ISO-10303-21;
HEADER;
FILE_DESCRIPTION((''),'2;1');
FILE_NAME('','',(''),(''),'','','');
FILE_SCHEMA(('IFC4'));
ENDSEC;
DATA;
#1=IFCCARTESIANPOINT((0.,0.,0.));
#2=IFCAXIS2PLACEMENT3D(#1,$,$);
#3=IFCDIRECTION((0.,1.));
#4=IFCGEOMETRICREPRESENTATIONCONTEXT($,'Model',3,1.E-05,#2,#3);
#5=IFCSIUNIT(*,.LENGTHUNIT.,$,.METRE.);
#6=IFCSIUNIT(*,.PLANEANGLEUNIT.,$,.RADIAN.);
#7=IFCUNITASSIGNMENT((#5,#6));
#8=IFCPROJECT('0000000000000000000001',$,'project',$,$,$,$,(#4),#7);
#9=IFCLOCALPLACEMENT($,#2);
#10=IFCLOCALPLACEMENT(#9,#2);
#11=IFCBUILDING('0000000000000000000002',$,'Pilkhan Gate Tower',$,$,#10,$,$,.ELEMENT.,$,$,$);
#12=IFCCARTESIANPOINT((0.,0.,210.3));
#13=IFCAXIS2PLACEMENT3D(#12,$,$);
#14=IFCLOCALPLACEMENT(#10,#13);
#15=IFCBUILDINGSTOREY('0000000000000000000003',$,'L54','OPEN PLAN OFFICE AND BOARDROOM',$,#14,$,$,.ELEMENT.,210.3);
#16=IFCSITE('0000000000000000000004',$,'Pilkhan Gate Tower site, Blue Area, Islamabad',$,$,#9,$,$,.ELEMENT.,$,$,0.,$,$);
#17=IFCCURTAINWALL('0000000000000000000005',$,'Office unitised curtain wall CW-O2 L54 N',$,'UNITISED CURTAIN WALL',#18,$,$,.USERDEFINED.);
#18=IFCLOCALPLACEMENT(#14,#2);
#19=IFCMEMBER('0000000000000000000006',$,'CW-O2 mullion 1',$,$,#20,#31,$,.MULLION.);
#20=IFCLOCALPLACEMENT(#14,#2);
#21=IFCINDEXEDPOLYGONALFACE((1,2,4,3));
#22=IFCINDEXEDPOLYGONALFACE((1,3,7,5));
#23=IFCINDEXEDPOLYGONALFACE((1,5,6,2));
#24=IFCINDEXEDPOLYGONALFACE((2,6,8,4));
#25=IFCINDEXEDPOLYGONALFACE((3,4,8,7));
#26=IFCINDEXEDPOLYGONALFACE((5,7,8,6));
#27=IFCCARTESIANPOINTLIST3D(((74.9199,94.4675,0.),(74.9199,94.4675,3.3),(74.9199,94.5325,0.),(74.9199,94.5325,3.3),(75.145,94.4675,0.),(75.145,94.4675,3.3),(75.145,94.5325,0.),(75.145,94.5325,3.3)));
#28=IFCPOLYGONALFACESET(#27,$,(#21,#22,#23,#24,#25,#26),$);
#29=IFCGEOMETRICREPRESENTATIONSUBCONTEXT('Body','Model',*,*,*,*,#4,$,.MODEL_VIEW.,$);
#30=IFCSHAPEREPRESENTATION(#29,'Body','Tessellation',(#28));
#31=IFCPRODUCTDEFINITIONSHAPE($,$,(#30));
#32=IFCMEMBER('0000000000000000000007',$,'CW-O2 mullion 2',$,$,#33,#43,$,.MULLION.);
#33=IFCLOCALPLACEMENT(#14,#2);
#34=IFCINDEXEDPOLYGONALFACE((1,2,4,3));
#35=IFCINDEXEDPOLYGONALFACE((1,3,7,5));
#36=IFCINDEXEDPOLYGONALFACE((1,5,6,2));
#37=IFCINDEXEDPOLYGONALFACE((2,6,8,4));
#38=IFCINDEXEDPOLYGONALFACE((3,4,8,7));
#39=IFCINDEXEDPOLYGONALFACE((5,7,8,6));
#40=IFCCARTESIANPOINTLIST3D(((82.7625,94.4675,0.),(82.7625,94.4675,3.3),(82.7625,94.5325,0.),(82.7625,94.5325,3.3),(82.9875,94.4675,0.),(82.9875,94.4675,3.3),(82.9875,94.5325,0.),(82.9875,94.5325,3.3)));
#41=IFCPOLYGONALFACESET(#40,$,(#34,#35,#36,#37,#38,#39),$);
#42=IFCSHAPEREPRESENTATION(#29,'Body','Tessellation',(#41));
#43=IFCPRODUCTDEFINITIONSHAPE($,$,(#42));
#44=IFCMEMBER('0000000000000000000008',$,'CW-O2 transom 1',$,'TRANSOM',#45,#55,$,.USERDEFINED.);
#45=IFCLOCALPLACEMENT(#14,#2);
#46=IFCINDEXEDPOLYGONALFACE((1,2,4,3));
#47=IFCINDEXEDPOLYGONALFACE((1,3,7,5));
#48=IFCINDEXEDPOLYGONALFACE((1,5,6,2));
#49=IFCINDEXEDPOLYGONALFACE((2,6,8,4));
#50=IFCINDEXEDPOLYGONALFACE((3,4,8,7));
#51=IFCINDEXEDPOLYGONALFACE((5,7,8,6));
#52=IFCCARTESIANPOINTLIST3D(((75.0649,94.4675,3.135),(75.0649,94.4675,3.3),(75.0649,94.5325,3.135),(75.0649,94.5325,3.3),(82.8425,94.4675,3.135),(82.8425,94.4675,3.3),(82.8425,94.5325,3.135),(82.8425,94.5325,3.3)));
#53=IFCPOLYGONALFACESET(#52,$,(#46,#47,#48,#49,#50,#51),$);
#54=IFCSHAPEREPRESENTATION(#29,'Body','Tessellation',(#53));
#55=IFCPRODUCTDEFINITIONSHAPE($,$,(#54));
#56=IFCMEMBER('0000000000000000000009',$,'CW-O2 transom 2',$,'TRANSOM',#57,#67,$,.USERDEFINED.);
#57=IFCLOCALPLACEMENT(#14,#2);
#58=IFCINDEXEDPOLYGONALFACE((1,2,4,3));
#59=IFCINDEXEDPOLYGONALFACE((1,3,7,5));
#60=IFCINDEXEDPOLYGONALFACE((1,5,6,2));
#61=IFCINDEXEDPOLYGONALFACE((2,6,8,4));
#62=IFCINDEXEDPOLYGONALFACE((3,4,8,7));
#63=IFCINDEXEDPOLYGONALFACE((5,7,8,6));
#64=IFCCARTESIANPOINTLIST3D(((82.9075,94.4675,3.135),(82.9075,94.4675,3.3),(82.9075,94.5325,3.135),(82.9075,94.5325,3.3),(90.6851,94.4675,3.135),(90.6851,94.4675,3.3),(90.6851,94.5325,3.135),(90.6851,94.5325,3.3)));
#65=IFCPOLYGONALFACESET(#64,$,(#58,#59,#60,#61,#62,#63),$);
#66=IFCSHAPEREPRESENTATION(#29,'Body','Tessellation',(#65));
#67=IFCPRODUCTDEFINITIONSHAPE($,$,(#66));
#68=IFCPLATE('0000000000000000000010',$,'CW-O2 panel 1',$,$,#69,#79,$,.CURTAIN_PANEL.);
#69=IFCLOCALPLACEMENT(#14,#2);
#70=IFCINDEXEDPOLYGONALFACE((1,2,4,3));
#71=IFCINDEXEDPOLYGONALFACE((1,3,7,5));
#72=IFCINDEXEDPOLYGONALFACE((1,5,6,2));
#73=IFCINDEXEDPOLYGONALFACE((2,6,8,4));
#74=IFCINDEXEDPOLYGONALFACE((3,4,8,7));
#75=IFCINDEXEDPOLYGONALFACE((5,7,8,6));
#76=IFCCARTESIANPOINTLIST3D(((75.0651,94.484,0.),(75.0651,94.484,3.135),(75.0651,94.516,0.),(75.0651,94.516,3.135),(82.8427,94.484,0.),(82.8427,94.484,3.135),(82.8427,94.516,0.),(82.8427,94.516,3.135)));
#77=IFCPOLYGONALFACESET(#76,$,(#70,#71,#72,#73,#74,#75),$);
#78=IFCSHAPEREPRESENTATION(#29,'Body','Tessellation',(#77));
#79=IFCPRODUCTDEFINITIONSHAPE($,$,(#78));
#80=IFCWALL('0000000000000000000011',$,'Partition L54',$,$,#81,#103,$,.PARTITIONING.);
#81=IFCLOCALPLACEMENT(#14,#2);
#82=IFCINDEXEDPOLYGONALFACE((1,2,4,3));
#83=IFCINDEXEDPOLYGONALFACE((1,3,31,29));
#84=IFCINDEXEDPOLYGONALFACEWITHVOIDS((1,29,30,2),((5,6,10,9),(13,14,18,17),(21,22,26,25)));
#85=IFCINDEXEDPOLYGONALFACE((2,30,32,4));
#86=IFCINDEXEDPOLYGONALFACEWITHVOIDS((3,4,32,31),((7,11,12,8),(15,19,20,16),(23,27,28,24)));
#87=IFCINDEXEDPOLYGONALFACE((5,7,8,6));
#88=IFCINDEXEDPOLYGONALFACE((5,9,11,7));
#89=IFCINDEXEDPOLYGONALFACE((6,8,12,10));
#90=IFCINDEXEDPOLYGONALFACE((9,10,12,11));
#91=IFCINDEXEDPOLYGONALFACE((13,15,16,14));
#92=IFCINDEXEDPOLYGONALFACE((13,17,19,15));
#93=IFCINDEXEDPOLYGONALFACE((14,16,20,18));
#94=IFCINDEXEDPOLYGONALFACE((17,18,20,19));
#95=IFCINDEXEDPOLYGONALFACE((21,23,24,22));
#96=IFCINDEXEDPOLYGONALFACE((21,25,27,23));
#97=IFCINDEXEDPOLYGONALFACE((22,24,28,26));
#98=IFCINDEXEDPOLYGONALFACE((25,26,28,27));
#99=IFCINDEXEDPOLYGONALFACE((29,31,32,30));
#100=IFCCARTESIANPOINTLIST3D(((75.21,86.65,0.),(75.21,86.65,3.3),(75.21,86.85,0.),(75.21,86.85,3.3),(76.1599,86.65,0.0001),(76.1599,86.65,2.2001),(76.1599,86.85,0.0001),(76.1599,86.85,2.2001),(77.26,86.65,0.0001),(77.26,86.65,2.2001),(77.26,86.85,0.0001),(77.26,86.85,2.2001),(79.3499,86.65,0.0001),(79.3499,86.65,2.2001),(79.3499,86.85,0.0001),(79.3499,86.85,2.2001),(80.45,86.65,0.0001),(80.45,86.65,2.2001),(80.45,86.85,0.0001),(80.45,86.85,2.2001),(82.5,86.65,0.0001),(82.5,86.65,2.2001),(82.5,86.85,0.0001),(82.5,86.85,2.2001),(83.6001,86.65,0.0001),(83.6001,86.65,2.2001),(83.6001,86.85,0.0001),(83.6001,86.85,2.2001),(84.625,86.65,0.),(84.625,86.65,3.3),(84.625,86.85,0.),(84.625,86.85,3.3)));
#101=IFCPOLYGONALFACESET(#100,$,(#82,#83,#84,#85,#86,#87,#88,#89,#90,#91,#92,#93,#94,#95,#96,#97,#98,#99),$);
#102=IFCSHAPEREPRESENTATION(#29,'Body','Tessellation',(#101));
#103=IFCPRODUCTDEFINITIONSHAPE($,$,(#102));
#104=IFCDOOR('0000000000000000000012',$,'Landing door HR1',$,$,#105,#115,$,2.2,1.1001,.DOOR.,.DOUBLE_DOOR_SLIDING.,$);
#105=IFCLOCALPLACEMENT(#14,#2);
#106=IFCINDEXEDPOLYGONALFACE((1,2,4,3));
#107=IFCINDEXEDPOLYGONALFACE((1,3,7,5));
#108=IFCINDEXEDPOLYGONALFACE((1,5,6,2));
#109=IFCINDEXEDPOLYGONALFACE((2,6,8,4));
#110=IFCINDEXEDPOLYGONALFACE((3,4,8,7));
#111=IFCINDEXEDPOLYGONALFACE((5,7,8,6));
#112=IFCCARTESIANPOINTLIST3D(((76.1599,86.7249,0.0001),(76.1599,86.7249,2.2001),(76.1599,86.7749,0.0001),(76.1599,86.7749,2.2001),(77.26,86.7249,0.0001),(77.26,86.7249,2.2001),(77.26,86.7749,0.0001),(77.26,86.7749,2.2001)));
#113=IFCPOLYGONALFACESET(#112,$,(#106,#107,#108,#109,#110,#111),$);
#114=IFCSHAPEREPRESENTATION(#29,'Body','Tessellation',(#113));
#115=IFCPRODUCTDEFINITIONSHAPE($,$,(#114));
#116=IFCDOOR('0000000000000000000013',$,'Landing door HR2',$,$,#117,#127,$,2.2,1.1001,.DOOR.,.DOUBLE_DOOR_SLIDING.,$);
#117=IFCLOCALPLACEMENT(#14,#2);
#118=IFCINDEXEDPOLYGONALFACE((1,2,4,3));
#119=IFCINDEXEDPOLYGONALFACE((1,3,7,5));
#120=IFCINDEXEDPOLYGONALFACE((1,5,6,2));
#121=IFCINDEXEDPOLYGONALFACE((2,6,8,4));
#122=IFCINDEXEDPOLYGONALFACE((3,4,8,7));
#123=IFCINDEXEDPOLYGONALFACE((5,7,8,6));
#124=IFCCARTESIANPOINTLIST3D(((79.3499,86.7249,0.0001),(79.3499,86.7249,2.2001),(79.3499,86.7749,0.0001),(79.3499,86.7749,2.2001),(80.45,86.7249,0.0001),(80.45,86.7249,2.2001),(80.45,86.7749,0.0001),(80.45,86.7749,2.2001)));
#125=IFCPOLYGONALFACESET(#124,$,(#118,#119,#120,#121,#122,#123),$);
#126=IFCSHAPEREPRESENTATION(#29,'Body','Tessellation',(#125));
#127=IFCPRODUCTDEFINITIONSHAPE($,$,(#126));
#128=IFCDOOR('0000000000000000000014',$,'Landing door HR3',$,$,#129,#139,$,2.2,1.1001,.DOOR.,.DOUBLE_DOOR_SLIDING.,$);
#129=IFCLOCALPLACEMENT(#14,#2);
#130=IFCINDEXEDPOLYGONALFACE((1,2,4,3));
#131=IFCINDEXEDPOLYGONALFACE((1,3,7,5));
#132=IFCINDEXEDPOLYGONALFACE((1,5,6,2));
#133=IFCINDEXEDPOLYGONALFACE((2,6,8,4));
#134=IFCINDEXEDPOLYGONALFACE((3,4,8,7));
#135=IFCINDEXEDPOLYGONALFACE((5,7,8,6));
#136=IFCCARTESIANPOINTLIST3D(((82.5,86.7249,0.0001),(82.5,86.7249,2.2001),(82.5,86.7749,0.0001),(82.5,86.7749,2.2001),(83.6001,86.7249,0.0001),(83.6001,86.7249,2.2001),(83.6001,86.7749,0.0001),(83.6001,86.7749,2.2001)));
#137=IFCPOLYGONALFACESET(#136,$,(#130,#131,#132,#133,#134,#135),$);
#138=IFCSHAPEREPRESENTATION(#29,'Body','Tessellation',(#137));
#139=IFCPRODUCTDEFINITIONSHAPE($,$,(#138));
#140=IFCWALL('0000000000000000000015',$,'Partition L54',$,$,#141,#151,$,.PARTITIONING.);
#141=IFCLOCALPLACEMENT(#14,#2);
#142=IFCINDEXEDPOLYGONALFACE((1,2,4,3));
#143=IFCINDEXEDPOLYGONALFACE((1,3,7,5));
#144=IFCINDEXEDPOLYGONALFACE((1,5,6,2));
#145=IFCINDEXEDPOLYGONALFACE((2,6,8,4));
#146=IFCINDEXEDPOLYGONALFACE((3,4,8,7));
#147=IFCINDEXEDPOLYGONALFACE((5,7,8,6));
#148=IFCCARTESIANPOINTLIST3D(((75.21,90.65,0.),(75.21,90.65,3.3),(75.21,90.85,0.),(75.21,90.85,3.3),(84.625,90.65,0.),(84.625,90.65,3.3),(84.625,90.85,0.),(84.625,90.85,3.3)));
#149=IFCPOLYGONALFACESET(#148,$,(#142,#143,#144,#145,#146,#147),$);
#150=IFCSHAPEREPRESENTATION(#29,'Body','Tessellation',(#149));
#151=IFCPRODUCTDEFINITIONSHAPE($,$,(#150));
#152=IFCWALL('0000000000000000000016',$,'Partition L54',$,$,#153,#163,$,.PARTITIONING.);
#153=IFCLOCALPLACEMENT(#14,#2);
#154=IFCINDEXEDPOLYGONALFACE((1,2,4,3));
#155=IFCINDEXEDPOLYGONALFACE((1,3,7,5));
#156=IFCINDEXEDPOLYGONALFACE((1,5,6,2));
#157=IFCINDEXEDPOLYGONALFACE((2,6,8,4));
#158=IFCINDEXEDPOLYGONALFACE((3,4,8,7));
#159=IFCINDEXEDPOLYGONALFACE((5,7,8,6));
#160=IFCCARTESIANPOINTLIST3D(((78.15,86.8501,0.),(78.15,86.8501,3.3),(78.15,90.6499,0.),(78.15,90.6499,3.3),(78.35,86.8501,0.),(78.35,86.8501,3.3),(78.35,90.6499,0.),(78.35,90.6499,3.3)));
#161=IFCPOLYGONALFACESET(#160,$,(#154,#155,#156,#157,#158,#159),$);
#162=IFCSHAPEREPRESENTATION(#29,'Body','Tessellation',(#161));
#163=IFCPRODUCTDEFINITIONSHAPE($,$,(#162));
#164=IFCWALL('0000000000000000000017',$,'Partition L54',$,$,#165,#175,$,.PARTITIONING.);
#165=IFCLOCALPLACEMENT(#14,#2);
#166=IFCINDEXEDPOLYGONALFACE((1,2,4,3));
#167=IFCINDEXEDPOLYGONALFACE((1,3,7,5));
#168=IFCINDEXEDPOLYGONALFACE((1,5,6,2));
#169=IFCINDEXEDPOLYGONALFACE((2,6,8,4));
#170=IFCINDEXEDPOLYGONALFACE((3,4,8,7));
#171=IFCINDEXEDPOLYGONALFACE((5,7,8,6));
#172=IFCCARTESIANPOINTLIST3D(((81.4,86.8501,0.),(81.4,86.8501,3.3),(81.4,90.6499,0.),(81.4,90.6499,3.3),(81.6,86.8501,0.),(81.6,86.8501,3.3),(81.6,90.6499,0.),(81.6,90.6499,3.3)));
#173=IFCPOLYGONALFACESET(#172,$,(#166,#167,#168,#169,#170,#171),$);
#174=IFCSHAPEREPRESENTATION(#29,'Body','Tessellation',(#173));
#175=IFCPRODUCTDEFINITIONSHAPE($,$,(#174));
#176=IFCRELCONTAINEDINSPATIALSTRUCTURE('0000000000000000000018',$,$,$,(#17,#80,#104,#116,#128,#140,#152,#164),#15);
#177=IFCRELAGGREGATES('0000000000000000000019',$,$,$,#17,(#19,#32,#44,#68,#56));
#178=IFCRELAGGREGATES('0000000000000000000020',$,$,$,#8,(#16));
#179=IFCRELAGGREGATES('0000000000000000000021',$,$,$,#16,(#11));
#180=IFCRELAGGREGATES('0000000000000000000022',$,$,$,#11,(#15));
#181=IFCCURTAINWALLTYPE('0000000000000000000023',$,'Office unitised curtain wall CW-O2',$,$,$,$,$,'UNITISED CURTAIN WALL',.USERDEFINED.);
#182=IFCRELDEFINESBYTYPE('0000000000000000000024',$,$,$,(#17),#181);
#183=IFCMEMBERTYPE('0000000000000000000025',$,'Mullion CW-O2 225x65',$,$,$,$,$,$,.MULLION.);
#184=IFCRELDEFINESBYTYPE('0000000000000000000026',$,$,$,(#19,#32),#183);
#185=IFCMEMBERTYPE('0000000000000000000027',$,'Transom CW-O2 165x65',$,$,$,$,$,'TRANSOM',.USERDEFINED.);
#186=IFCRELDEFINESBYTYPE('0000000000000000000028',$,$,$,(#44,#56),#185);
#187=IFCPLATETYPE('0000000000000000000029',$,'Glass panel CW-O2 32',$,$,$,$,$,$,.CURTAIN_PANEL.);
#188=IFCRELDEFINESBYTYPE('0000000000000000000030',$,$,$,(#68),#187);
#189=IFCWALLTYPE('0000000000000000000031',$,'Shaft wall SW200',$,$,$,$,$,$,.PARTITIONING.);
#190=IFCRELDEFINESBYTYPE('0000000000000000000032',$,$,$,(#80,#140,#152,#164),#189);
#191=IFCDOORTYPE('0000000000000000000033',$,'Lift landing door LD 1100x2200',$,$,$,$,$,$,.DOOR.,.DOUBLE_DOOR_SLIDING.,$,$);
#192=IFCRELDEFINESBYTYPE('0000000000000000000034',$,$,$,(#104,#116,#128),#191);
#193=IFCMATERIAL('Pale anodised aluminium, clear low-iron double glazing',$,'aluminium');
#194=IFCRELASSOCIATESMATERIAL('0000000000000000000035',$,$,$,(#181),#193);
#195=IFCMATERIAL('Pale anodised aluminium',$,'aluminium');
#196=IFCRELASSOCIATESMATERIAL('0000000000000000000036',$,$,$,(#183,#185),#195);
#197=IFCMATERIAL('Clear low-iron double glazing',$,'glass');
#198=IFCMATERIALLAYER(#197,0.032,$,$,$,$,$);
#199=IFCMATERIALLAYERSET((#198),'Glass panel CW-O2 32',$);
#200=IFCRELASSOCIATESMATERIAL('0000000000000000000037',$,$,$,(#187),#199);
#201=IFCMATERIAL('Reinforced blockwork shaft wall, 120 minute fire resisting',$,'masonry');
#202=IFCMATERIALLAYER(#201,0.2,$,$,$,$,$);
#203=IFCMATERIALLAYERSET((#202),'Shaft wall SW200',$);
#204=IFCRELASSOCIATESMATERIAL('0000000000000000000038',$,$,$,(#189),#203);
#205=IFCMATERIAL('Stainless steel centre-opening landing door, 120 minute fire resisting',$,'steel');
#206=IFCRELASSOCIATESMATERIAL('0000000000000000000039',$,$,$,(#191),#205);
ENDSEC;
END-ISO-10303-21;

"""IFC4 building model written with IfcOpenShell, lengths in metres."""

from ifc_helpers import new_model, si_unit, direction, frame, frame_2d, origin, origin_2d, place, context, subcontext, project, spatial, rectangle, extrude, material, layer, layer_set, material_profile, profile_set, type_object, element, fill, aggregate, save


model = new_model("IFC4")

# Units and contexts
model_context = context("Model", 3, precision=1e-05, world=origin(), true_north=direction((0.0, 1.0)))
body_context = subcontext(model_context, "Body", "Model", "MODEL_VIEW")
ifc_project = project(units=[si_unit("LENGTHUNIT", "METRE"), si_unit("PLANEANGLEUNIT", "RADIAN")], contexts=[model_context])

# Site, building, storey
site_placement = place(None, origin())
site = spatial("IfcSite", under=ifc_project, at=site_placement, Name="Pilkhan Gate Tower site, Blue Area, Islamabad", CompositionType="ELEMENT", RefElevation=0.0)
building_placement = place(site_placement, origin())
building = spatial("IfcBuilding", under=site, at=building_placement, Name="Pilkhan Gate Tower", CompositionType="ELEMENT")
storey_placement = place(building_placement, frame((0.0, 0.0, 210.3)))
storey = spatial("IfcBuildingStorey", under=building, at=storey_placement, Name="L54", Description="OPEN PLAN OFFICE AND BOARDROOM", CompositionType="ELEMENT", Elevation=210.3)

# Curtain wall, members, plate
ifc_material_1 = material(Name="Pale anodised aluminium, clear low-iron double glazing", Category="aluminium")
curtain_wall_type = type_object("IfcCurtainWallType", Name="Office unitised curtain wall CW-O2", ElementType="UNITISED CURTAIN WALL", PredefinedType="USERDEFINED", material=ifc_material_1)
curtain_wall_placement = place(storey_placement, origin())
curtain_wall = element("IfcCurtainWall", 1, at=curtain_wall_placement, inside=storey, type_object=curtain_wall_type, Name="Office unitised curtain wall CW-O2 L54 N", ObjectType="UNITISED CURTAIN WALL", PredefinedType="USERDEFINED")
ifc_material_2 = material(Name="Pale anodised aluminium", Category="aluminium")
ifc_material_profile_1 = material_profile(ifc_material_2, rectangle(XDim=0.0649, YDim=0.2251, at=origin_2d()), Name="Mullion 225x65")
ifc_profile_set_1 = profile_set([ifc_material_profile_1], Name="Pale anodised aluminium")
member_type_1 = type_object("IfcMemberType", Name="Mullion CW-O2 225x65", PredefinedType="MULLION", material=ifc_profile_set_1)
member_1_placement = place(storey_placement, frame((75.0325, 94.5, 0.0), z_axis=(0.0, 0.0, 1.0), x_axis=(0.0, 1.0, 0.0)))
member_1 = element("IfcMember", 2, at=member_1_placement, type_object=member_type_1, Name="CW-O2 mullion 1", PredefinedType="MULLION", context=body_context, shape_type="SweptSolid", body=[
    extrude(rectangle(XDim=0.0649, YDim=0.2251, at=origin_2d()), origin(), (0.0, 0.0, 1.0), 3.3),
])
member_2_placement = place(storey_placement, frame((82.875, 94.5, 0.0), z_axis=(0.0, 0.0, 1.0), x_axis=(0.0, 1.0, 0.0)))
member_2 = element("IfcMember", 3, at=member_2_placement, type_object=member_type_1, Name="CW-O2 mullion 2", PredefinedType="MULLION", context=body_context, shape_type="SweptSolid", body=[
    extrude(rectangle(XDim=0.0649, YDim=0.2251, at=origin_2d()), origin(), (0.0, 0.0, 1.0), 3.3),
])
ifc_material_profile_2 = material_profile(ifc_material_2, rectangle(XDim=0.0649, YDim=0.165, at=origin_2d()), Name="Transom 165x65")
ifc_profile_set_2 = profile_set([ifc_material_profile_2], Name="Pale anodised aluminium")
member_type_2 = type_object("IfcMemberType", Name="Transom CW-O2 165x65", ElementType="TRANSOM", PredefinedType="USERDEFINED", material=ifc_profile_set_2)
member_3_placement = place(storey_placement, frame((75.0649, 94.5, 3.2175), z_axis=(1.0, 0.0, 0.0), x_axis=(0.0, 1.0, 0.0)))
member_3 = element("IfcMember", 4, at=member_3_placement, type_object=member_type_2, Name="CW-O2 transom 1", ObjectType="TRANSOM", PredefinedType="USERDEFINED", context=body_context, shape_type="SweptSolid", body=[
    extrude(rectangle(XDim=0.0649, YDim=0.165, at=origin_2d()), origin(), (0.0, 0.0, 1.0), 7.7776),
])
member_4_placement = place(storey_placement, frame((82.9075, 94.5, 3.2175), z_axis=(1.0, 0.0, 0.0), x_axis=(0.0, 1.0, 0.0)))
member_4 = element("IfcMember", 5, at=member_4_placement, type_object=member_type_2, Name="CW-O2 transom 2", ObjectType="TRANSOM", PredefinedType="USERDEFINED", context=body_context, shape_type="SweptSolid", body=[
    extrude(rectangle(XDim=0.0649, YDim=0.165, at=origin_2d()), origin(), (0.0, 0.0, 1.0), 7.7776),
])
ifc_material_3 = material(Name="Clear low-iron double glazing", Category="glass")
ifc_layer_1 = layer(ifc_material_3, 0.032)
ifc_layer_set_1 = layer_set([ifc_layer_1], Name="Glass panel CW-O2 32")
plate_type = type_object("IfcPlateType", Name="Glass panel CW-O2 32", PredefinedType="CURTAIN_PANEL", material=ifc_layer_set_1)
plate_placement = place(storey_placement, frame((78.9539, 94.5, 0.0), z_axis=(0.0, 0.0, 1.0), x_axis=(1.0, 0.0, 0.0)))
plate = element("IfcPlate", 6, at=plate_placement, type_object=plate_type, Name="CW-O2 panel 1", PredefinedType="CURTAIN_PANEL", context=body_context, shape_type="SweptSolid", body=[
    extrude(rectangle(XDim=7.7776, YDim=0.032, at=origin_2d()), origin(), (0.0, 0.0, 1.0), 3.135),
])
aggregate(curtain_wall, [member_1, member_2, member_3, plate, member_4])

# Wall, openings, doors
ifc_material_4 = material(Name="Reinforced blockwork shaft wall, 120 minute fire resisting", Category="masonry")
ifc_layer_2 = layer(ifc_material_4, 0.2)
ifc_layer_set_2 = layer_set([ifc_layer_2], Name="Shaft wall SW200")
wall_type_1 = type_object("IfcWallType", Name="Shaft wall SW200", PredefinedType="PARTITIONING", material=ifc_layer_set_2)
wall_1_placement = place(storey_placement, frame((75.21, 86.75, 0.0), z_axis=(0.0, 0.0, 1.0), x_axis=(1.0, 0.0, 0.0)))
wall_1 = element("IfcWall", 7, at=wall_1_placement, inside=storey, type_object=wall_type_1, Name="Partition L54", PredefinedType="PARTITIONING", context=body_context, shape_type="SweptSolid", body=[
    extrude(rectangle(XDim=9.415, YDim=0.2, at=frame_2d((4.7075, 0.0))), origin(), (0.0, 0.0, 1.0), 3.3),
])
opening_1_placement = place(wall_1_placement, frame((0.95, 0.0, 0.0)))
opening_1 = element("IfcOpeningElement", 8, at=opening_1_placement, cuts=wall_1, PredefinedType="OPENING", context=body_context, shape_type="SweptSolid", body=[
    extrude(rectangle(XDim=1.1001, YDim=2.2, at=frame_2d((0.55, 1.1001))), frame((0.0, 0.1099, 0.0), z_axis=(0.0, -1.0, 0.0), x_axis=(1.0, 0.0, 0.0)), (0.0, 0.0, 1.0), 0.22),
])
opening_2_placement = place(wall_1_placement, frame((4.1399, 0.0, 0.0)))
opening_2 = element("IfcOpeningElement", 9, at=opening_2_placement, cuts=wall_1, PredefinedType="OPENING", context=body_context, shape_type="SweptSolid", body=[
    extrude(rectangle(XDim=1.1001, YDim=2.2, at=frame_2d((0.55, 1.1001))), frame((0.0, 0.1099, 0.0), z_axis=(0.0, -1.0, 0.0), x_axis=(1.0, 0.0, 0.0)), (0.0, 0.0, 1.0), 0.22),
])
opening_3_placement = place(wall_1_placement, frame((7.29, 0.0, 0.0)))
opening_3 = element("IfcOpeningElement", 10, at=opening_3_placement, cuts=wall_1, PredefinedType="OPENING", context=body_context, shape_type="SweptSolid", body=[
    extrude(rectangle(XDim=1.1001, YDim=2.2, at=frame_2d((0.55, 1.1001))), frame((0.0, 0.1099, 0.0), z_axis=(0.0, -1.0, 0.0), x_axis=(1.0, 0.0, 0.0)), (0.0, 0.0, 1.0), 0.22),
])
ifc_material_5 = material(Name="Stainless steel centre-opening landing door, 120 minute fire resisting", Category="steel")
door_type = type_object("IfcDoorType", Name="Lift landing door LD 1100x2200", OperationType="DOUBLE_DOOR_SLIDING", PredefinedType="DOOR", material=ifc_material_5)
door_1_placement = place(opening_1_placement, origin())
door_1 = element("IfcDoor", 11, at=door_1_placement, inside=storey, type_object=door_type, Name="Landing door HR1", OperationType="DOUBLE_DOOR_SLIDING", OverallHeight=2.2, OverallWidth=1.1001, PredefinedType="DOOR", context=body_context, shape_type="SweptSolid", body=[
    extrude(rectangle(XDim=1.1001, YDim=2.2, at=frame_2d((0.55, 1.1001))), frame((0.0, 0.0249, 0.0), z_axis=(0.0, -1.0, 0.0), x_axis=(1.0, 0.0, 0.0)), (0.0, 0.0, 1.0), 0.05),
])
fill(opening_1, door_1)
door_2_placement = place(opening_2_placement, origin())
door_2 = element("IfcDoor", 12, at=door_2_placement, inside=storey, type_object=door_type, Name="Landing door HR2", OperationType="DOUBLE_DOOR_SLIDING", OverallHeight=2.2, OverallWidth=1.1001, PredefinedType="DOOR", context=body_context, shape_type="SweptSolid", body=[
    extrude(rectangle(XDim=1.1001, YDim=2.2, at=frame_2d((0.55, 1.1001))), frame((0.0, 0.0249, 0.0), z_axis=(0.0, -1.0, 0.0), x_axis=(1.0, 0.0, 0.0)), (0.0, 0.0, 1.0), 0.05),
])
fill(opening_2, door_2)
door_3_placement = place(opening_3_placement, origin())
door_3 = element("IfcDoor", 13, at=door_3_placement, inside=storey, type_object=door_type, Name="Landing door HR3", OperationType="DOUBLE_DOOR_SLIDING", OverallHeight=2.2, OverallWidth=1.1001, PredefinedType="DOOR", context=body_context, shape_type="SweptSolid", body=[
    extrude(rectangle(XDim=1.1001, YDim=2.2, at=frame_2d((0.55, 1.1001))), frame((0.0, 0.0249, 0.0), z_axis=(0.0, -1.0, 0.0), x_axis=(1.0, 0.0, 0.0)), (0.0, 0.0, 1.0), 0.05),
])
fill(opening_3, door_3)

# Walls
wall_2_placement = place(storey_placement, frame((75.21, 90.75, 0.0), z_axis=(0.0, 0.0, 1.0), x_axis=(1.0, 0.0, 0.0)))
element("IfcWall", 14, at=wall_2_placement, inside=storey, type_object=wall_type_1, Name="Partition L54", PredefinedType="PARTITIONING", context=body_context, shape_type="SweptSolid", body=[
    extrude(rectangle(XDim=9.415, YDim=0.2, at=frame_2d((4.7075, 0.0))), origin(), (0.0, 0.0, 1.0), 3.3),
])
for number, where, z_axis, x_axis, name in (
    (15, (78.25, 86.8501, 0.0), (0.0, 0.0, 1.0), (0.0, 1.0, 0.0), "Partition L54"),
    (16, (81.5, 86.8501, 0.0), (0.0, 0.0, 1.0), (0.0, 1.0, 0.0), "Partition L54"),
):
    element("IfcWall", number, at=place(storey_placement, frame(where, z_axis=z_axis, x_axis=x_axis)), inside=storey, type_object=wall_type_1, Name=name, PredefinedType="PARTITIONING", context=body_context, shape_type="SweptSolid", body=[
        extrude(rectangle(XDim=3.7998, YDim=0.2, at=frame_2d((1.8999, 0.0))), origin(), (0.0, 0.0, 1.0), 3.3),
    ])

save(model, "model.ifc")
